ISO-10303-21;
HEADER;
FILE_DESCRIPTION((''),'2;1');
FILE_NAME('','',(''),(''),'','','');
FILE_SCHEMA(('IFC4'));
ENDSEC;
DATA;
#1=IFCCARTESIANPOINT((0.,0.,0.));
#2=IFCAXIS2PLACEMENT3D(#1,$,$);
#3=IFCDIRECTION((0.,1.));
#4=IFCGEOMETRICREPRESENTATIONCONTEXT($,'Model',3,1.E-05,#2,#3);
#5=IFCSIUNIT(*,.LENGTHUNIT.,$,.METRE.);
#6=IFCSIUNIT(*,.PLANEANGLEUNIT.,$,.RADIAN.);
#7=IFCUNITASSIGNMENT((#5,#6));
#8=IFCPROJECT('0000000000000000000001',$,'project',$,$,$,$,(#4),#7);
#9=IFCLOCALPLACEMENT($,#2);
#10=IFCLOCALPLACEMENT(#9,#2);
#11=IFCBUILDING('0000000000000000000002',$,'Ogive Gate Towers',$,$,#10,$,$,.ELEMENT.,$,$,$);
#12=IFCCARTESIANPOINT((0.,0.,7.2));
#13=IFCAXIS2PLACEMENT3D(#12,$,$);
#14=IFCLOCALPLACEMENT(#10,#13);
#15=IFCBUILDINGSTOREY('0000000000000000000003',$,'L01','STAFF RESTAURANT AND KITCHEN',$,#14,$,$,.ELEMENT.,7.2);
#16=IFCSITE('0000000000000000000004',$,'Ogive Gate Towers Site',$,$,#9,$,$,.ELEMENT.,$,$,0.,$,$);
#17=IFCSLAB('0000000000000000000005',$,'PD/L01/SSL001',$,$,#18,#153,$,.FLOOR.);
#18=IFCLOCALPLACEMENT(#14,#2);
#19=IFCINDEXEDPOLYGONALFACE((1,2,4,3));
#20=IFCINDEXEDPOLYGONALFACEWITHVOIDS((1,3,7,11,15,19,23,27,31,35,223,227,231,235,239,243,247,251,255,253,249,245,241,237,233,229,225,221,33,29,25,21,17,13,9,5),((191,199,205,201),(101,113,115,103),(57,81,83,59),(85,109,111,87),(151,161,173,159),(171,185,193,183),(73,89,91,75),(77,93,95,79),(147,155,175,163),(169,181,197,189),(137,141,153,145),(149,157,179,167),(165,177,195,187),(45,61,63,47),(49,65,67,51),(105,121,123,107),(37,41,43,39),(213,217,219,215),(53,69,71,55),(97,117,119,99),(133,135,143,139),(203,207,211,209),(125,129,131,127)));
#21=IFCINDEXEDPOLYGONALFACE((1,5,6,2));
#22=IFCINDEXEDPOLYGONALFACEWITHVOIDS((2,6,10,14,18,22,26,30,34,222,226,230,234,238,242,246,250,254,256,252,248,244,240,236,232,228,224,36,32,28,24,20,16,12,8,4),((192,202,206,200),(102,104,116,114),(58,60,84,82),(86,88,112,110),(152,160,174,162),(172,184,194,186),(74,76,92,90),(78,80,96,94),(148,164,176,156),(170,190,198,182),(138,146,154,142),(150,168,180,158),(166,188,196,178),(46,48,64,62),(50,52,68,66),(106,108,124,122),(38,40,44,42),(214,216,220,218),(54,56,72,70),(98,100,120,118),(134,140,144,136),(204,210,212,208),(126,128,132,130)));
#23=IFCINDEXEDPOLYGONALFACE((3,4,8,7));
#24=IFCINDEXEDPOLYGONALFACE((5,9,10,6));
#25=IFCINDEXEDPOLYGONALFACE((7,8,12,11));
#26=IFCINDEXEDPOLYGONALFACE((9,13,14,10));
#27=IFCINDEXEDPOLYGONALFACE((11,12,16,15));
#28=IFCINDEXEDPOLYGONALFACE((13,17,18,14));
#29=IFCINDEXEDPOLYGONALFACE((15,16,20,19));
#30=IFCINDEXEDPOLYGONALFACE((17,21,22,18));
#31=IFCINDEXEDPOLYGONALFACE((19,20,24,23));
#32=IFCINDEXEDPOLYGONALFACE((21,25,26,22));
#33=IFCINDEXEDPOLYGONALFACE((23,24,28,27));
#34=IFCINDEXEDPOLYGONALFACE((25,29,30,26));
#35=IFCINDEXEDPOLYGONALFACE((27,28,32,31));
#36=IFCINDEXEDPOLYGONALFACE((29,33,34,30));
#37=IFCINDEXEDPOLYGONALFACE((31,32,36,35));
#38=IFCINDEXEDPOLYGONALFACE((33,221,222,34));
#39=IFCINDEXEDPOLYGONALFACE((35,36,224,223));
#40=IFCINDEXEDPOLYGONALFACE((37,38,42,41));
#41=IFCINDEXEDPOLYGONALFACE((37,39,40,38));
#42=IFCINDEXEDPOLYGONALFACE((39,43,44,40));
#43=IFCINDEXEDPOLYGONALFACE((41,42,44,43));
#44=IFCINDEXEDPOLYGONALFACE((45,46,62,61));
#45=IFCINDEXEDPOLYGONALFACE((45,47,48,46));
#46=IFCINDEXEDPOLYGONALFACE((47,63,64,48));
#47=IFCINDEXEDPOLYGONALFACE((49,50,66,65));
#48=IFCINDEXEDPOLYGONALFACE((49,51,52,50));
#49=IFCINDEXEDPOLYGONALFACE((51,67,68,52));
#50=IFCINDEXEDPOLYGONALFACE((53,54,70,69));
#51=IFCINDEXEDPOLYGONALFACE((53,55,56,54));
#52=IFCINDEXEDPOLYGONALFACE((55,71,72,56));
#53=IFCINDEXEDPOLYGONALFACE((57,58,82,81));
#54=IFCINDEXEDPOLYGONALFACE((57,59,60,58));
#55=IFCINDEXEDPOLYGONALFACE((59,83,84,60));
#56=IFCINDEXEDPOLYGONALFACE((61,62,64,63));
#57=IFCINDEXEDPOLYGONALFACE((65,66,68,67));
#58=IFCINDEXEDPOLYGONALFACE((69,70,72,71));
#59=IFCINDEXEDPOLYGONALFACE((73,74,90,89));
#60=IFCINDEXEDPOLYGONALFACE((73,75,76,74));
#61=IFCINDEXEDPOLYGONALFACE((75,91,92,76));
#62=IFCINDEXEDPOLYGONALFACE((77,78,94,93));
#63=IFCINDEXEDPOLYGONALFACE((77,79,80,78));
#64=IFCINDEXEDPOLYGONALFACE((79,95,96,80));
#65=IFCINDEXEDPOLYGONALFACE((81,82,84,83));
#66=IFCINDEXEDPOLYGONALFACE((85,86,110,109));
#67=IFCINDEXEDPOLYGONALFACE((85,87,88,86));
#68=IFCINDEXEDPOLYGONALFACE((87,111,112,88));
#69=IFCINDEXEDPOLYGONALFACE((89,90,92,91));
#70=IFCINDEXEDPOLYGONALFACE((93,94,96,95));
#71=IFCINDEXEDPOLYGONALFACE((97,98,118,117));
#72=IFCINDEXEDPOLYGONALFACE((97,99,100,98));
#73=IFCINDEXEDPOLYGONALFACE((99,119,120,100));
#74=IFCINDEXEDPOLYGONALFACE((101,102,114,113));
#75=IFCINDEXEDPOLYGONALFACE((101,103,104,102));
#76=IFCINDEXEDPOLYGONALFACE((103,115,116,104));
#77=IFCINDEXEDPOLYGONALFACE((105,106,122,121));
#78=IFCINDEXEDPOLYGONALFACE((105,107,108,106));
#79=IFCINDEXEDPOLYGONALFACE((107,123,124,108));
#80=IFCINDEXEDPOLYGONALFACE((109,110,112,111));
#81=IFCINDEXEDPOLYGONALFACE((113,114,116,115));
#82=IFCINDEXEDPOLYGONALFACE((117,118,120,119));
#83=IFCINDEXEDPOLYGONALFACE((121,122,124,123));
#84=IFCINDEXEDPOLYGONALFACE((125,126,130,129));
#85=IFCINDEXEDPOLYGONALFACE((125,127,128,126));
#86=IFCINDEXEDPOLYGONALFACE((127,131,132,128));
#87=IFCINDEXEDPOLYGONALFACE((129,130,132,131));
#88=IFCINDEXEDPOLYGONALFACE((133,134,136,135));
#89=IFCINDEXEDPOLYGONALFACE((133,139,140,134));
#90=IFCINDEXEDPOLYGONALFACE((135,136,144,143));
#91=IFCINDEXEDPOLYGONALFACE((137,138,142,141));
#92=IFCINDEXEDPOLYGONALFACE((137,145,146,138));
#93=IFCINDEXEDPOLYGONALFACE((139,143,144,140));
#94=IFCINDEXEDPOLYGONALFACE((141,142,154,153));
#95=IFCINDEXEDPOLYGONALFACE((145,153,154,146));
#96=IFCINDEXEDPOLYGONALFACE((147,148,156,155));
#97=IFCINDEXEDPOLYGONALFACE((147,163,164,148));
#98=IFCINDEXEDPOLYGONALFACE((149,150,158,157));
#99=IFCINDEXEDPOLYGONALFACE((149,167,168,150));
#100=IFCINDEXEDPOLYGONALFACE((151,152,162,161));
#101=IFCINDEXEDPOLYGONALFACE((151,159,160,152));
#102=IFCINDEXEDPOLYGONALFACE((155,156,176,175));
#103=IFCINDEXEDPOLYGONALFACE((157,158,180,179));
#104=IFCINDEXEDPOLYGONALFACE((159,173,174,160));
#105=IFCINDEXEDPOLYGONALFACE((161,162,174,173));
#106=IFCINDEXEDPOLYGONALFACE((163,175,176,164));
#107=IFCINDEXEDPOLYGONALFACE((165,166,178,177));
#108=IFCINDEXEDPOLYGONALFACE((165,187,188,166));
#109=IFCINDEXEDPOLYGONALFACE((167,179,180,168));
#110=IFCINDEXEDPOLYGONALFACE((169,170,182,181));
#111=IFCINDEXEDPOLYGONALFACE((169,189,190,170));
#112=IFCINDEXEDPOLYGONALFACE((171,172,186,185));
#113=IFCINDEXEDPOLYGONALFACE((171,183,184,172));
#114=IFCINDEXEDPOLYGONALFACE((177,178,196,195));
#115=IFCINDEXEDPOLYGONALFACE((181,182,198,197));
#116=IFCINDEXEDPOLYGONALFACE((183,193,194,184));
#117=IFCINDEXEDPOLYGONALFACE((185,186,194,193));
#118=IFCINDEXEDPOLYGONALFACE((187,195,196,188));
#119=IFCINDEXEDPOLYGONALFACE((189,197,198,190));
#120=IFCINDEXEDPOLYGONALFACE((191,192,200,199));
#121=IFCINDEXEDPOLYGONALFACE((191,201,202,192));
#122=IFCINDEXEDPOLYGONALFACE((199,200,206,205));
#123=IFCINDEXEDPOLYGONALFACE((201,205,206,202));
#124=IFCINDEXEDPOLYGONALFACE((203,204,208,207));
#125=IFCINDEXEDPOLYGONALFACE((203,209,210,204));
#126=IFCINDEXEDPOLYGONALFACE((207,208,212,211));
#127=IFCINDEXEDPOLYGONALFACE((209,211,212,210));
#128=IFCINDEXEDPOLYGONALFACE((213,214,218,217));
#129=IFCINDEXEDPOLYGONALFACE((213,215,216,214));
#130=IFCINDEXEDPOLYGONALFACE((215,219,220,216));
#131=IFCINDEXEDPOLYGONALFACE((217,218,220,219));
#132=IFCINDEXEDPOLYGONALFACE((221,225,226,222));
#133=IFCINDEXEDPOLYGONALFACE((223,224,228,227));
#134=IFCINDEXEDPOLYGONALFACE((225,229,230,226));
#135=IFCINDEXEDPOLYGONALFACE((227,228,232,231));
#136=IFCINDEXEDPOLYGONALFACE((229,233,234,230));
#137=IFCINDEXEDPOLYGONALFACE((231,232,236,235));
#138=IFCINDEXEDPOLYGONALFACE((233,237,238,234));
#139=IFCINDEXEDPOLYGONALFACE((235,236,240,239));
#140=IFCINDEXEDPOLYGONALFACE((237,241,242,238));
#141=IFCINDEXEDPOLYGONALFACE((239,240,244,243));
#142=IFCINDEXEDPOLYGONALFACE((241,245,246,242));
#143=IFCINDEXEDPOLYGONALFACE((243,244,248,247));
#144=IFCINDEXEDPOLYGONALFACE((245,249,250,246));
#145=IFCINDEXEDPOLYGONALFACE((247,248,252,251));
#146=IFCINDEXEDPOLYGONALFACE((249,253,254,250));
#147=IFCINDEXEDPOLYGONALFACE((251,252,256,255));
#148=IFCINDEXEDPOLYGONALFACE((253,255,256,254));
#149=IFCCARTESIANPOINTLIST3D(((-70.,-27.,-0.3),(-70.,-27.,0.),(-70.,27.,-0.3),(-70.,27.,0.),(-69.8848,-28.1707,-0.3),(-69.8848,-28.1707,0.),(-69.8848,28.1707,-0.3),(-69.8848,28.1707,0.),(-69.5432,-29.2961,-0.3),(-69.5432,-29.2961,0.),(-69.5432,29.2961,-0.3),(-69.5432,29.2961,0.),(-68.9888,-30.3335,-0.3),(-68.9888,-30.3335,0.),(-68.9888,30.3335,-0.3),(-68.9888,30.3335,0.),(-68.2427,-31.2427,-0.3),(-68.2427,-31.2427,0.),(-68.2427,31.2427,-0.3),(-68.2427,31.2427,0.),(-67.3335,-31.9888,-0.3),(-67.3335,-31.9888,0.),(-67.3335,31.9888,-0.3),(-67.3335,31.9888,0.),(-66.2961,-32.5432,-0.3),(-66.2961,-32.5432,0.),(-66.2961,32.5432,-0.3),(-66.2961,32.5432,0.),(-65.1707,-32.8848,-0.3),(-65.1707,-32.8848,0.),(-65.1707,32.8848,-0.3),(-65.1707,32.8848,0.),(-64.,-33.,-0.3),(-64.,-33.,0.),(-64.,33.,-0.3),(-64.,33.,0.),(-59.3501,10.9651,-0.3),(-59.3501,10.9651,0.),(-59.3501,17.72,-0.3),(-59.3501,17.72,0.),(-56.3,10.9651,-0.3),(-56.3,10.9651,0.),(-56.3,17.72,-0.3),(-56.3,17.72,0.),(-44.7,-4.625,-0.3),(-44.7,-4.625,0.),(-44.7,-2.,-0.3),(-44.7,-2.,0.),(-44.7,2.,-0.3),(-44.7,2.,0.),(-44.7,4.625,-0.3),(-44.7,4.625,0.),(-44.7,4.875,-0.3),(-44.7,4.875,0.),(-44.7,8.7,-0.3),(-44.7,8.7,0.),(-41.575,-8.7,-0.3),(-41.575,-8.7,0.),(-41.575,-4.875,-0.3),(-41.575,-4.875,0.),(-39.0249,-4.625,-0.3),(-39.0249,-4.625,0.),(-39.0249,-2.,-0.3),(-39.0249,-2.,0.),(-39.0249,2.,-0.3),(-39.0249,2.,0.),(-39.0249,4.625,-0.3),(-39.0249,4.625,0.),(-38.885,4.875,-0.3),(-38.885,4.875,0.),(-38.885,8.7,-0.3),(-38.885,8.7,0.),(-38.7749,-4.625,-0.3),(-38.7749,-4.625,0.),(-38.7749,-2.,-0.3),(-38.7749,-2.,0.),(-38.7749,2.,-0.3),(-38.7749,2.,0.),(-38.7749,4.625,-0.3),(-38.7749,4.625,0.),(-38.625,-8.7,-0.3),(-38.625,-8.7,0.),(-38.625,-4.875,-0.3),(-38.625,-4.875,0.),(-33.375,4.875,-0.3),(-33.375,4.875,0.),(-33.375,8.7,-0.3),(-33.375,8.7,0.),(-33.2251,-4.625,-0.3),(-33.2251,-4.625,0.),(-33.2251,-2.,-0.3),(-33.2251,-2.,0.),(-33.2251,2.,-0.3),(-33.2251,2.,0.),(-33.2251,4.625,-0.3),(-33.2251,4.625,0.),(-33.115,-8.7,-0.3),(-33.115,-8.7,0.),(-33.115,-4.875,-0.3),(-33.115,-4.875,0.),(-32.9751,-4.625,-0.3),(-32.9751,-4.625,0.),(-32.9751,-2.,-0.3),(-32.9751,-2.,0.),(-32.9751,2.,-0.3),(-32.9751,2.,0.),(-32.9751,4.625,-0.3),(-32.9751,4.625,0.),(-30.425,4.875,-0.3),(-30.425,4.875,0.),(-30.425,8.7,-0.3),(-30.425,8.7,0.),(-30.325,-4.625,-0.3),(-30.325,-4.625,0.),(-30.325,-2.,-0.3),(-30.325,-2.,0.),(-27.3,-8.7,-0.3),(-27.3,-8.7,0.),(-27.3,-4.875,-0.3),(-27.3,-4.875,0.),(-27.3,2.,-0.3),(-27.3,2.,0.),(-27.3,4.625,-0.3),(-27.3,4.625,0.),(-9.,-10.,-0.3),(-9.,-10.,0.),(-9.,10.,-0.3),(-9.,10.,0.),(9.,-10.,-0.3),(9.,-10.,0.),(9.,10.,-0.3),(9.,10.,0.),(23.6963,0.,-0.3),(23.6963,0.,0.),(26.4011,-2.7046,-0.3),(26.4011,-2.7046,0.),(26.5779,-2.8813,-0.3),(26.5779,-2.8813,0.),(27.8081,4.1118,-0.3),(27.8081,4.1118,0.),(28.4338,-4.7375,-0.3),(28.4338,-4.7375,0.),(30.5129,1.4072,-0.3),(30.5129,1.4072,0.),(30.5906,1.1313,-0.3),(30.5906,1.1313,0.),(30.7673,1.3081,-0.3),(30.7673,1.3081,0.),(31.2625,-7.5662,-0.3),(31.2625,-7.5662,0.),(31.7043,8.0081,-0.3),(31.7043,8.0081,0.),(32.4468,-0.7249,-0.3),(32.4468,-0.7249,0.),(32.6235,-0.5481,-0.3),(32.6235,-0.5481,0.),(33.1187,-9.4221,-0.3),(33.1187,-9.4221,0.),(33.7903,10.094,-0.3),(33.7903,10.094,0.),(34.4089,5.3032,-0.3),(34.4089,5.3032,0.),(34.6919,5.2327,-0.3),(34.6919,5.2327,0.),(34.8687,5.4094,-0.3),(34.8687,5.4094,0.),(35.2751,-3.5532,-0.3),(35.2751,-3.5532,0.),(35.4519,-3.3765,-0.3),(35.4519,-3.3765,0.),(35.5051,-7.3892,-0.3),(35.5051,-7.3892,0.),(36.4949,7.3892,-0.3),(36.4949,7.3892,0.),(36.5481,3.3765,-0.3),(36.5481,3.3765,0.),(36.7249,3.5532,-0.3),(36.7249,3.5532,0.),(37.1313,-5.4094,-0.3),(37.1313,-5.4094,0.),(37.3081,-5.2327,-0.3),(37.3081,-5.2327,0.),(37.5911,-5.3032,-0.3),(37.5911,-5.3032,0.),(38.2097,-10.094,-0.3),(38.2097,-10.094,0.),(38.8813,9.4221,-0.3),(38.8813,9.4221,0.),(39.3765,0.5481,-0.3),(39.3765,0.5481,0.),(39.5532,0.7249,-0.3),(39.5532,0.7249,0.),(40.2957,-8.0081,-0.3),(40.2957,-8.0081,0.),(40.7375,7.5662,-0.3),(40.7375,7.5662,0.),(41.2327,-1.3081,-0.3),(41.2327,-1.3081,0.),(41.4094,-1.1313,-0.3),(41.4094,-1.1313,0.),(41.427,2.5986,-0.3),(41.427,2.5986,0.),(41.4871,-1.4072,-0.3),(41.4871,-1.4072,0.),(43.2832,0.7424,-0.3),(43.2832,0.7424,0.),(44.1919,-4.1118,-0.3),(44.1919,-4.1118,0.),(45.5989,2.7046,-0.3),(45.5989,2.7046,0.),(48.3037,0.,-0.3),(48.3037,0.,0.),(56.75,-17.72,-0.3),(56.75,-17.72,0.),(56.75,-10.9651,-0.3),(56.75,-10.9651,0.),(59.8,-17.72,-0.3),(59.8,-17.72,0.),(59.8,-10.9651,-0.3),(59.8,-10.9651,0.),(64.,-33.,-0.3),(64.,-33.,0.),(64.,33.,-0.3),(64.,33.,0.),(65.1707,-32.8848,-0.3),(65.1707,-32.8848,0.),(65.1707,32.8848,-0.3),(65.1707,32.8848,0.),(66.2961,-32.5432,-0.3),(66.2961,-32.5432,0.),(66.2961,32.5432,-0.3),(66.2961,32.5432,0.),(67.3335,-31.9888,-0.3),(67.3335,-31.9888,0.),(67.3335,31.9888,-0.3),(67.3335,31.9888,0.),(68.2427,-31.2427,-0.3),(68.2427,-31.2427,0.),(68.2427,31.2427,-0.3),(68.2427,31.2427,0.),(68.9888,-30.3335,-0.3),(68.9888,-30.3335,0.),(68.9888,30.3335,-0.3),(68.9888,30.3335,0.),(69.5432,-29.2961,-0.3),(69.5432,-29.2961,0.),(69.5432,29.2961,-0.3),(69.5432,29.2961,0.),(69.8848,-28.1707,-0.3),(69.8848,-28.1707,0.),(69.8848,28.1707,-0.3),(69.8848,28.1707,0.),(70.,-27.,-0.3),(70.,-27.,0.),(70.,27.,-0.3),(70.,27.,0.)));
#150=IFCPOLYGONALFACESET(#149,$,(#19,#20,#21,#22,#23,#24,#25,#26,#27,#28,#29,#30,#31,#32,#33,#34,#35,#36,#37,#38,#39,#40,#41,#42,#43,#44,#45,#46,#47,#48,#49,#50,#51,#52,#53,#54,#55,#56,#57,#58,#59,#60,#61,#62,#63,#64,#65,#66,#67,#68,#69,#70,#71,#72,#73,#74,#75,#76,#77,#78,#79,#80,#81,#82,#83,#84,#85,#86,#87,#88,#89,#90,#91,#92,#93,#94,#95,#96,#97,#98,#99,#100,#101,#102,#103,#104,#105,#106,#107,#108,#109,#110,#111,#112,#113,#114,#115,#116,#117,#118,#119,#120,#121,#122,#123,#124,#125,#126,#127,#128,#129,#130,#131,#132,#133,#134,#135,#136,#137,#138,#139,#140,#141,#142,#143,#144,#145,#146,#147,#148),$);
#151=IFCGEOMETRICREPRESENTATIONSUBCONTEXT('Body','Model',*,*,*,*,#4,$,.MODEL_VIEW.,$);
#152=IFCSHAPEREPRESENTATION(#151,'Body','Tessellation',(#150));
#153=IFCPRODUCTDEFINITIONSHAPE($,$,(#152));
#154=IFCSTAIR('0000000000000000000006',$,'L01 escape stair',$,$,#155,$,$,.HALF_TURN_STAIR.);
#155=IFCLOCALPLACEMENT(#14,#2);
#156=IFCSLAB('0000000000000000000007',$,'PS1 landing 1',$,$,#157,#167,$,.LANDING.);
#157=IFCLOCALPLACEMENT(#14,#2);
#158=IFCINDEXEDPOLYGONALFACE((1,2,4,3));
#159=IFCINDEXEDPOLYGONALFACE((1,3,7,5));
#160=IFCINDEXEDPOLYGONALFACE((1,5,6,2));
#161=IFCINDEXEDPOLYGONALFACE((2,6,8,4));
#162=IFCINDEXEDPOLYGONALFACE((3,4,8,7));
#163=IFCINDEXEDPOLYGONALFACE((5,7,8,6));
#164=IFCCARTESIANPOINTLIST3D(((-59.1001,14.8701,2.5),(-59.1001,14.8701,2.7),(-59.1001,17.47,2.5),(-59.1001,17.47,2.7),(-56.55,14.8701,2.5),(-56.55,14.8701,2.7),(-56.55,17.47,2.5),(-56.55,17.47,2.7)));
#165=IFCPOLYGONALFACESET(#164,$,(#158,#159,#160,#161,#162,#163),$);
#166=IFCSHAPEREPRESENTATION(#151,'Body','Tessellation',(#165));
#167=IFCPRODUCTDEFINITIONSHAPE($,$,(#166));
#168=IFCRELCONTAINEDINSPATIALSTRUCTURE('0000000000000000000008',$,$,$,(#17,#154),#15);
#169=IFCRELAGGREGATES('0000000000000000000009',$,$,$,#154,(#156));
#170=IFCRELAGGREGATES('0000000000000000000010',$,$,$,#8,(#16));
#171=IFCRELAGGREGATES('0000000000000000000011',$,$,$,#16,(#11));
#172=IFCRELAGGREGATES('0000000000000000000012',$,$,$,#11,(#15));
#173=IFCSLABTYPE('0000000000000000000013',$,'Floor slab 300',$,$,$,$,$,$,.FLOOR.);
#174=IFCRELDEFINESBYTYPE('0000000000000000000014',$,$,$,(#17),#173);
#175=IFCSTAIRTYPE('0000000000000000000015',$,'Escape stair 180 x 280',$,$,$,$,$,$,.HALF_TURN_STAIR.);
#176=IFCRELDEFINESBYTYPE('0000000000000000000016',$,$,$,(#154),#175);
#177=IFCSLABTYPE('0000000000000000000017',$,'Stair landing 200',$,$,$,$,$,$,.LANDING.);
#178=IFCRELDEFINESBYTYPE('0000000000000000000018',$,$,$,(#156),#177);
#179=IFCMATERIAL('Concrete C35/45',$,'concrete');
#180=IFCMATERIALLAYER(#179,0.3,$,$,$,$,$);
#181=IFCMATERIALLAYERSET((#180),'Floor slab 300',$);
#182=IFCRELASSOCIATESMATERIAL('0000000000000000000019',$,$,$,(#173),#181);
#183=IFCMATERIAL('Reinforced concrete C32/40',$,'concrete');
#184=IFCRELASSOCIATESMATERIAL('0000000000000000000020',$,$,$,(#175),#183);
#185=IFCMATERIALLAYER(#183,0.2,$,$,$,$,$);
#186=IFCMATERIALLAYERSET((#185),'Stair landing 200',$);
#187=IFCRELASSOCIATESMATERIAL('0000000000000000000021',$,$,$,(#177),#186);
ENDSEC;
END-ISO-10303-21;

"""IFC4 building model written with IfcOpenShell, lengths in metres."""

from ifc_helpers import new_model, si_unit, direction, frame, origin, place, context, subcontext, project, spatial, polyline, outline, extrude, material, layer, layer_set, type_object, element, aggregate, save


model = new_model("IFC4")

# Units and contexts
model_context = context("Model", 3, precision=1e-05, world=origin(), true_north=direction((0.0, 1.0)))
body_context = subcontext(model_context, "Body", "Model", "MODEL_VIEW")
ifc_project = project(units=[si_unit("LENGTHUNIT", "METRE"), si_unit("PLANEANGLEUNIT", "RADIAN")], contexts=[model_context])

# Site, building, storey
site_placement = place(None, origin())
site = spatial("IfcSite", under=ifc_project, at=site_placement, Name="Ogive Gate Towers Site", CompositionType="ELEMENT", RefElevation=0.0)
building_placement = place(site_placement, origin())
building = spatial("IfcBuilding", under=site, at=building_placement, Name="Ogive Gate Towers", CompositionType="ELEMENT")
storey_placement = place(building_placement, frame((0.0, 0.0, 7.2)))
storey = spatial("IfcBuildingStorey", under=building, at=storey_placement, Name="L01", Description="STAFF RESTAURANT AND KITCHEN", CompositionType="ELEMENT", Elevation=7.2)

# Slab
ifc_material_1 = material(Name="Concrete C35/45", Category="concrete")
ifc_layer_1 = layer(ifc_material_1, 0.3)
ifc_layer_set_1 = layer_set([ifc_layer_1], Name="Floor slab 300")
slab_type_1 = type_object("IfcSlabType", Name="Floor slab 300", PredefinedType="FLOOR", material=ifc_layer_set_1)
slab_1_placement = place(storey_placement, frame((0.0, 0.0, -0.3)))
element("IfcSlab", 1, at=slab_1_placement, inside=storey, type_object=slab_type_1, Name="PD/L01/SSL001", PredefinedType="FLOOR", context=body_context, shape_type="SweptSolid", body=[
    extrude(outline(polyline([(68.2427, 31.2427), (67.3335, 31.9888), (66.2961, 32.5432), (65.1707, 32.8848), (64.0, 33.0), (-64.0, 33.0), (-65.1707, 32.8848), (-66.2961, 32.5432), (-67.3335, 31.9888), (-68.2427, 31.2427), (-68.9888, 30.3335), (-69.5432, 29.2961), (-69.8848, 28.1707), (-70.0, 27.0), (-70.0, -27.0), (-69.8848, -28.1707), (-69.5432, -29.2961), (-68.9888, -30.3335), (-68.2427, -31.2427), (-67.3335, -31.9888), (-66.2961, -32.5432), (-65.1707, -32.8848), (-64.0, -33.0), (64.0, -33.0), (65.1707, -32.8848), (66.2961, -32.5432), (67.3335, -31.9888), (68.2427, -31.2427), (68.9888, -30.3335), (69.5432, -29.2961), (69.8848, -28.1707), (70.0, -27.0), (70.0, 27.0), (69.8848, 28.1707), (69.5432, 29.2961), (68.9888, 30.3335), (68.2427, 31.2427)]), holes=[polyline([(-9.0, 10.0), (9.0, 10.0), (9.0, -10.0), (-9.0, -10.0), (-9.0, 10.0)]), polyline([(-56.3, 10.9651), (-59.3501, 10.9651), (-59.3501, 17.72), (-56.3, 17.72), (-56.3, 10.9651)]), polyline([(59.8, -10.9651), (59.8, -17.72), (56.75, -17.72), (56.75, -10.9651), (59.8, -10.9651)]), polyline([(-39.0249, 2.0), (-44.7, 2.0), (-44.7, 4.625), (-39.0249, 4.625), (-39.0249, 2.0)]), polyline([(-38.7749, 4.625), (-33.2251, 4.625), (-33.2251, 2.0), (-38.7749, 2.0), (-38.7749, 4.625)]), polyline([(-27.3, 2.0), (-32.9751, 2.0), (-32.9751, 4.625), (-27.3, 4.625), (-27.3, 2.0)]), polyline([(-44.7, -2.0), (-39.0249, -2.0), (-39.0249, -4.625), (-44.7, -4.625), (-44.7, -2.0)]), polyline([(-33.2251, -4.625), (-38.7749, -4.625), (-38.7749, -2.0), (-33.2251, -2.0), (-33.2251, -4.625)]), polyline([(-32.9751, -2.0), (-30.325, -2.0), (-30.325, -4.625), (-32.9751, -4.625), (-32.9751, -2.0)]), polyline([(-30.425, 4.875), (-33.375, 4.875), (-33.375, 8.7), (-30.425, 8.7), (-30.425, 4.875)]), polyline([(-41.575, -4.875), (-38.625, -4.875), (-38.625, -8.7), (-41.575, -8.7), (-41.575, -4.875)]), polyline([(-44.7, 8.7), (-38.885, 8.7), (-38.885, 4.875), (-44.7, 4.875), (-44.7, 8.7)]), polyline([(-33.115, -4.875), (-27.3, -4.875), (-27.3, -8.7), (-33.115, -8.7), (-33.115, -4.875)]), polyline([(26.5779, -2.8813), (30.5906, 1.1313), (32.4468, -0.7249), (28.4338, -4.7375), (26.5779, -2.8813)]), polyline([(36.5481, 3.3765), (32.6235, -0.5481), (30.7673, 1.3081), (34.6919, 5.2327), (36.5481, 3.3765)]), polyline([(34.8687, 5.4094), (38.8813, 9.4221), (40.7375, 7.5662), (36.7249, 3.5532), (34.8687, 5.4094)]), polyline([(37.1313, -5.4094), (33.1187, -9.4221), (31.2625, -7.5662), (35.2751, -3.5532), (37.1313, -5.4094)]), polyline([(35.4519, -3.3765), (39.3765, 0.5481), (41.2327, -1.3081), (37.3081, -5.2327), (35.4519, -3.3765)]), polyline([(43.2832, 0.7424), (41.4094, -1.1313), (39.5532, 0.7249), (41.427, 2.5986), (43.2832, 0.7424)]), polyline([(31.7043, 8.0081), (33.7903, 10.094), (36.4949, 7.3892), (34.4089, 5.3032), (31.7043, 8.0081)]), polyline([(40.2957, -8.0081), (38.2097, -10.094), (35.5051, -7.3892), (37.5911, -5.3032), (40.2957, -8.0081)]), polyline([(30.5129, 1.4072), (26.4011, -2.7046), (23.6963, 0.0), (27.8081, 4.1118), (30.5129, 1.4072)]), polyline([(48.3037, 0.0), (44.1919, -4.1118), (41.4871, -1.4072), (45.5989, 2.7046), (48.3037, 0.0)])]), origin(), (0.0, 0.0, 1.0), 0.3),
])

# Stair, slab
ifc_material_2 = material(Name="Reinforced concrete C32/40", Category="concrete")
stair_type_1 = type_object("IfcStairType", Name="Escape stair 180 x 280", PredefinedType="HALF_TURN_STAIR", material=ifc_material_2)
stair_1_placement = place(storey_placement, origin())
stair_1 = element("IfcStair", 2, at=stair_1_placement, inside=storey, type_object=stair_type_1, Name="L01 escape stair", PredefinedType="HALF_TURN_STAIR")
ifc_layer_2 = layer(ifc_material_2, 0.2)
ifc_layer_set_2 = layer_set([ifc_layer_2], Name="Stair landing 200")
slab_type_2 = type_object("IfcSlabType", Name="Stair landing 200", PredefinedType="LANDING", material=ifc_layer_set_2)
slab_2_placement = place(storey_placement, frame((0.0, 0.0, 2.5)))
slab_2 = element("IfcSlab", 3, at=slab_2_placement, type_object=slab_type_2, Name="PS1 landing 1", PredefinedType="LANDING", context=body_context, shape_type="SweptSolid", body=[
    extrude(outline(polyline([(-56.55, 14.8701), (-56.55, 17.47), (-59.1001, 17.47), (-59.1001, 14.8701), (-56.55, 14.8701)])), origin(), (0.0, 0.0, 1.0), 0.2),
])
aggregate(stair_1, [slab_2])

save(model, "model.ifc")
